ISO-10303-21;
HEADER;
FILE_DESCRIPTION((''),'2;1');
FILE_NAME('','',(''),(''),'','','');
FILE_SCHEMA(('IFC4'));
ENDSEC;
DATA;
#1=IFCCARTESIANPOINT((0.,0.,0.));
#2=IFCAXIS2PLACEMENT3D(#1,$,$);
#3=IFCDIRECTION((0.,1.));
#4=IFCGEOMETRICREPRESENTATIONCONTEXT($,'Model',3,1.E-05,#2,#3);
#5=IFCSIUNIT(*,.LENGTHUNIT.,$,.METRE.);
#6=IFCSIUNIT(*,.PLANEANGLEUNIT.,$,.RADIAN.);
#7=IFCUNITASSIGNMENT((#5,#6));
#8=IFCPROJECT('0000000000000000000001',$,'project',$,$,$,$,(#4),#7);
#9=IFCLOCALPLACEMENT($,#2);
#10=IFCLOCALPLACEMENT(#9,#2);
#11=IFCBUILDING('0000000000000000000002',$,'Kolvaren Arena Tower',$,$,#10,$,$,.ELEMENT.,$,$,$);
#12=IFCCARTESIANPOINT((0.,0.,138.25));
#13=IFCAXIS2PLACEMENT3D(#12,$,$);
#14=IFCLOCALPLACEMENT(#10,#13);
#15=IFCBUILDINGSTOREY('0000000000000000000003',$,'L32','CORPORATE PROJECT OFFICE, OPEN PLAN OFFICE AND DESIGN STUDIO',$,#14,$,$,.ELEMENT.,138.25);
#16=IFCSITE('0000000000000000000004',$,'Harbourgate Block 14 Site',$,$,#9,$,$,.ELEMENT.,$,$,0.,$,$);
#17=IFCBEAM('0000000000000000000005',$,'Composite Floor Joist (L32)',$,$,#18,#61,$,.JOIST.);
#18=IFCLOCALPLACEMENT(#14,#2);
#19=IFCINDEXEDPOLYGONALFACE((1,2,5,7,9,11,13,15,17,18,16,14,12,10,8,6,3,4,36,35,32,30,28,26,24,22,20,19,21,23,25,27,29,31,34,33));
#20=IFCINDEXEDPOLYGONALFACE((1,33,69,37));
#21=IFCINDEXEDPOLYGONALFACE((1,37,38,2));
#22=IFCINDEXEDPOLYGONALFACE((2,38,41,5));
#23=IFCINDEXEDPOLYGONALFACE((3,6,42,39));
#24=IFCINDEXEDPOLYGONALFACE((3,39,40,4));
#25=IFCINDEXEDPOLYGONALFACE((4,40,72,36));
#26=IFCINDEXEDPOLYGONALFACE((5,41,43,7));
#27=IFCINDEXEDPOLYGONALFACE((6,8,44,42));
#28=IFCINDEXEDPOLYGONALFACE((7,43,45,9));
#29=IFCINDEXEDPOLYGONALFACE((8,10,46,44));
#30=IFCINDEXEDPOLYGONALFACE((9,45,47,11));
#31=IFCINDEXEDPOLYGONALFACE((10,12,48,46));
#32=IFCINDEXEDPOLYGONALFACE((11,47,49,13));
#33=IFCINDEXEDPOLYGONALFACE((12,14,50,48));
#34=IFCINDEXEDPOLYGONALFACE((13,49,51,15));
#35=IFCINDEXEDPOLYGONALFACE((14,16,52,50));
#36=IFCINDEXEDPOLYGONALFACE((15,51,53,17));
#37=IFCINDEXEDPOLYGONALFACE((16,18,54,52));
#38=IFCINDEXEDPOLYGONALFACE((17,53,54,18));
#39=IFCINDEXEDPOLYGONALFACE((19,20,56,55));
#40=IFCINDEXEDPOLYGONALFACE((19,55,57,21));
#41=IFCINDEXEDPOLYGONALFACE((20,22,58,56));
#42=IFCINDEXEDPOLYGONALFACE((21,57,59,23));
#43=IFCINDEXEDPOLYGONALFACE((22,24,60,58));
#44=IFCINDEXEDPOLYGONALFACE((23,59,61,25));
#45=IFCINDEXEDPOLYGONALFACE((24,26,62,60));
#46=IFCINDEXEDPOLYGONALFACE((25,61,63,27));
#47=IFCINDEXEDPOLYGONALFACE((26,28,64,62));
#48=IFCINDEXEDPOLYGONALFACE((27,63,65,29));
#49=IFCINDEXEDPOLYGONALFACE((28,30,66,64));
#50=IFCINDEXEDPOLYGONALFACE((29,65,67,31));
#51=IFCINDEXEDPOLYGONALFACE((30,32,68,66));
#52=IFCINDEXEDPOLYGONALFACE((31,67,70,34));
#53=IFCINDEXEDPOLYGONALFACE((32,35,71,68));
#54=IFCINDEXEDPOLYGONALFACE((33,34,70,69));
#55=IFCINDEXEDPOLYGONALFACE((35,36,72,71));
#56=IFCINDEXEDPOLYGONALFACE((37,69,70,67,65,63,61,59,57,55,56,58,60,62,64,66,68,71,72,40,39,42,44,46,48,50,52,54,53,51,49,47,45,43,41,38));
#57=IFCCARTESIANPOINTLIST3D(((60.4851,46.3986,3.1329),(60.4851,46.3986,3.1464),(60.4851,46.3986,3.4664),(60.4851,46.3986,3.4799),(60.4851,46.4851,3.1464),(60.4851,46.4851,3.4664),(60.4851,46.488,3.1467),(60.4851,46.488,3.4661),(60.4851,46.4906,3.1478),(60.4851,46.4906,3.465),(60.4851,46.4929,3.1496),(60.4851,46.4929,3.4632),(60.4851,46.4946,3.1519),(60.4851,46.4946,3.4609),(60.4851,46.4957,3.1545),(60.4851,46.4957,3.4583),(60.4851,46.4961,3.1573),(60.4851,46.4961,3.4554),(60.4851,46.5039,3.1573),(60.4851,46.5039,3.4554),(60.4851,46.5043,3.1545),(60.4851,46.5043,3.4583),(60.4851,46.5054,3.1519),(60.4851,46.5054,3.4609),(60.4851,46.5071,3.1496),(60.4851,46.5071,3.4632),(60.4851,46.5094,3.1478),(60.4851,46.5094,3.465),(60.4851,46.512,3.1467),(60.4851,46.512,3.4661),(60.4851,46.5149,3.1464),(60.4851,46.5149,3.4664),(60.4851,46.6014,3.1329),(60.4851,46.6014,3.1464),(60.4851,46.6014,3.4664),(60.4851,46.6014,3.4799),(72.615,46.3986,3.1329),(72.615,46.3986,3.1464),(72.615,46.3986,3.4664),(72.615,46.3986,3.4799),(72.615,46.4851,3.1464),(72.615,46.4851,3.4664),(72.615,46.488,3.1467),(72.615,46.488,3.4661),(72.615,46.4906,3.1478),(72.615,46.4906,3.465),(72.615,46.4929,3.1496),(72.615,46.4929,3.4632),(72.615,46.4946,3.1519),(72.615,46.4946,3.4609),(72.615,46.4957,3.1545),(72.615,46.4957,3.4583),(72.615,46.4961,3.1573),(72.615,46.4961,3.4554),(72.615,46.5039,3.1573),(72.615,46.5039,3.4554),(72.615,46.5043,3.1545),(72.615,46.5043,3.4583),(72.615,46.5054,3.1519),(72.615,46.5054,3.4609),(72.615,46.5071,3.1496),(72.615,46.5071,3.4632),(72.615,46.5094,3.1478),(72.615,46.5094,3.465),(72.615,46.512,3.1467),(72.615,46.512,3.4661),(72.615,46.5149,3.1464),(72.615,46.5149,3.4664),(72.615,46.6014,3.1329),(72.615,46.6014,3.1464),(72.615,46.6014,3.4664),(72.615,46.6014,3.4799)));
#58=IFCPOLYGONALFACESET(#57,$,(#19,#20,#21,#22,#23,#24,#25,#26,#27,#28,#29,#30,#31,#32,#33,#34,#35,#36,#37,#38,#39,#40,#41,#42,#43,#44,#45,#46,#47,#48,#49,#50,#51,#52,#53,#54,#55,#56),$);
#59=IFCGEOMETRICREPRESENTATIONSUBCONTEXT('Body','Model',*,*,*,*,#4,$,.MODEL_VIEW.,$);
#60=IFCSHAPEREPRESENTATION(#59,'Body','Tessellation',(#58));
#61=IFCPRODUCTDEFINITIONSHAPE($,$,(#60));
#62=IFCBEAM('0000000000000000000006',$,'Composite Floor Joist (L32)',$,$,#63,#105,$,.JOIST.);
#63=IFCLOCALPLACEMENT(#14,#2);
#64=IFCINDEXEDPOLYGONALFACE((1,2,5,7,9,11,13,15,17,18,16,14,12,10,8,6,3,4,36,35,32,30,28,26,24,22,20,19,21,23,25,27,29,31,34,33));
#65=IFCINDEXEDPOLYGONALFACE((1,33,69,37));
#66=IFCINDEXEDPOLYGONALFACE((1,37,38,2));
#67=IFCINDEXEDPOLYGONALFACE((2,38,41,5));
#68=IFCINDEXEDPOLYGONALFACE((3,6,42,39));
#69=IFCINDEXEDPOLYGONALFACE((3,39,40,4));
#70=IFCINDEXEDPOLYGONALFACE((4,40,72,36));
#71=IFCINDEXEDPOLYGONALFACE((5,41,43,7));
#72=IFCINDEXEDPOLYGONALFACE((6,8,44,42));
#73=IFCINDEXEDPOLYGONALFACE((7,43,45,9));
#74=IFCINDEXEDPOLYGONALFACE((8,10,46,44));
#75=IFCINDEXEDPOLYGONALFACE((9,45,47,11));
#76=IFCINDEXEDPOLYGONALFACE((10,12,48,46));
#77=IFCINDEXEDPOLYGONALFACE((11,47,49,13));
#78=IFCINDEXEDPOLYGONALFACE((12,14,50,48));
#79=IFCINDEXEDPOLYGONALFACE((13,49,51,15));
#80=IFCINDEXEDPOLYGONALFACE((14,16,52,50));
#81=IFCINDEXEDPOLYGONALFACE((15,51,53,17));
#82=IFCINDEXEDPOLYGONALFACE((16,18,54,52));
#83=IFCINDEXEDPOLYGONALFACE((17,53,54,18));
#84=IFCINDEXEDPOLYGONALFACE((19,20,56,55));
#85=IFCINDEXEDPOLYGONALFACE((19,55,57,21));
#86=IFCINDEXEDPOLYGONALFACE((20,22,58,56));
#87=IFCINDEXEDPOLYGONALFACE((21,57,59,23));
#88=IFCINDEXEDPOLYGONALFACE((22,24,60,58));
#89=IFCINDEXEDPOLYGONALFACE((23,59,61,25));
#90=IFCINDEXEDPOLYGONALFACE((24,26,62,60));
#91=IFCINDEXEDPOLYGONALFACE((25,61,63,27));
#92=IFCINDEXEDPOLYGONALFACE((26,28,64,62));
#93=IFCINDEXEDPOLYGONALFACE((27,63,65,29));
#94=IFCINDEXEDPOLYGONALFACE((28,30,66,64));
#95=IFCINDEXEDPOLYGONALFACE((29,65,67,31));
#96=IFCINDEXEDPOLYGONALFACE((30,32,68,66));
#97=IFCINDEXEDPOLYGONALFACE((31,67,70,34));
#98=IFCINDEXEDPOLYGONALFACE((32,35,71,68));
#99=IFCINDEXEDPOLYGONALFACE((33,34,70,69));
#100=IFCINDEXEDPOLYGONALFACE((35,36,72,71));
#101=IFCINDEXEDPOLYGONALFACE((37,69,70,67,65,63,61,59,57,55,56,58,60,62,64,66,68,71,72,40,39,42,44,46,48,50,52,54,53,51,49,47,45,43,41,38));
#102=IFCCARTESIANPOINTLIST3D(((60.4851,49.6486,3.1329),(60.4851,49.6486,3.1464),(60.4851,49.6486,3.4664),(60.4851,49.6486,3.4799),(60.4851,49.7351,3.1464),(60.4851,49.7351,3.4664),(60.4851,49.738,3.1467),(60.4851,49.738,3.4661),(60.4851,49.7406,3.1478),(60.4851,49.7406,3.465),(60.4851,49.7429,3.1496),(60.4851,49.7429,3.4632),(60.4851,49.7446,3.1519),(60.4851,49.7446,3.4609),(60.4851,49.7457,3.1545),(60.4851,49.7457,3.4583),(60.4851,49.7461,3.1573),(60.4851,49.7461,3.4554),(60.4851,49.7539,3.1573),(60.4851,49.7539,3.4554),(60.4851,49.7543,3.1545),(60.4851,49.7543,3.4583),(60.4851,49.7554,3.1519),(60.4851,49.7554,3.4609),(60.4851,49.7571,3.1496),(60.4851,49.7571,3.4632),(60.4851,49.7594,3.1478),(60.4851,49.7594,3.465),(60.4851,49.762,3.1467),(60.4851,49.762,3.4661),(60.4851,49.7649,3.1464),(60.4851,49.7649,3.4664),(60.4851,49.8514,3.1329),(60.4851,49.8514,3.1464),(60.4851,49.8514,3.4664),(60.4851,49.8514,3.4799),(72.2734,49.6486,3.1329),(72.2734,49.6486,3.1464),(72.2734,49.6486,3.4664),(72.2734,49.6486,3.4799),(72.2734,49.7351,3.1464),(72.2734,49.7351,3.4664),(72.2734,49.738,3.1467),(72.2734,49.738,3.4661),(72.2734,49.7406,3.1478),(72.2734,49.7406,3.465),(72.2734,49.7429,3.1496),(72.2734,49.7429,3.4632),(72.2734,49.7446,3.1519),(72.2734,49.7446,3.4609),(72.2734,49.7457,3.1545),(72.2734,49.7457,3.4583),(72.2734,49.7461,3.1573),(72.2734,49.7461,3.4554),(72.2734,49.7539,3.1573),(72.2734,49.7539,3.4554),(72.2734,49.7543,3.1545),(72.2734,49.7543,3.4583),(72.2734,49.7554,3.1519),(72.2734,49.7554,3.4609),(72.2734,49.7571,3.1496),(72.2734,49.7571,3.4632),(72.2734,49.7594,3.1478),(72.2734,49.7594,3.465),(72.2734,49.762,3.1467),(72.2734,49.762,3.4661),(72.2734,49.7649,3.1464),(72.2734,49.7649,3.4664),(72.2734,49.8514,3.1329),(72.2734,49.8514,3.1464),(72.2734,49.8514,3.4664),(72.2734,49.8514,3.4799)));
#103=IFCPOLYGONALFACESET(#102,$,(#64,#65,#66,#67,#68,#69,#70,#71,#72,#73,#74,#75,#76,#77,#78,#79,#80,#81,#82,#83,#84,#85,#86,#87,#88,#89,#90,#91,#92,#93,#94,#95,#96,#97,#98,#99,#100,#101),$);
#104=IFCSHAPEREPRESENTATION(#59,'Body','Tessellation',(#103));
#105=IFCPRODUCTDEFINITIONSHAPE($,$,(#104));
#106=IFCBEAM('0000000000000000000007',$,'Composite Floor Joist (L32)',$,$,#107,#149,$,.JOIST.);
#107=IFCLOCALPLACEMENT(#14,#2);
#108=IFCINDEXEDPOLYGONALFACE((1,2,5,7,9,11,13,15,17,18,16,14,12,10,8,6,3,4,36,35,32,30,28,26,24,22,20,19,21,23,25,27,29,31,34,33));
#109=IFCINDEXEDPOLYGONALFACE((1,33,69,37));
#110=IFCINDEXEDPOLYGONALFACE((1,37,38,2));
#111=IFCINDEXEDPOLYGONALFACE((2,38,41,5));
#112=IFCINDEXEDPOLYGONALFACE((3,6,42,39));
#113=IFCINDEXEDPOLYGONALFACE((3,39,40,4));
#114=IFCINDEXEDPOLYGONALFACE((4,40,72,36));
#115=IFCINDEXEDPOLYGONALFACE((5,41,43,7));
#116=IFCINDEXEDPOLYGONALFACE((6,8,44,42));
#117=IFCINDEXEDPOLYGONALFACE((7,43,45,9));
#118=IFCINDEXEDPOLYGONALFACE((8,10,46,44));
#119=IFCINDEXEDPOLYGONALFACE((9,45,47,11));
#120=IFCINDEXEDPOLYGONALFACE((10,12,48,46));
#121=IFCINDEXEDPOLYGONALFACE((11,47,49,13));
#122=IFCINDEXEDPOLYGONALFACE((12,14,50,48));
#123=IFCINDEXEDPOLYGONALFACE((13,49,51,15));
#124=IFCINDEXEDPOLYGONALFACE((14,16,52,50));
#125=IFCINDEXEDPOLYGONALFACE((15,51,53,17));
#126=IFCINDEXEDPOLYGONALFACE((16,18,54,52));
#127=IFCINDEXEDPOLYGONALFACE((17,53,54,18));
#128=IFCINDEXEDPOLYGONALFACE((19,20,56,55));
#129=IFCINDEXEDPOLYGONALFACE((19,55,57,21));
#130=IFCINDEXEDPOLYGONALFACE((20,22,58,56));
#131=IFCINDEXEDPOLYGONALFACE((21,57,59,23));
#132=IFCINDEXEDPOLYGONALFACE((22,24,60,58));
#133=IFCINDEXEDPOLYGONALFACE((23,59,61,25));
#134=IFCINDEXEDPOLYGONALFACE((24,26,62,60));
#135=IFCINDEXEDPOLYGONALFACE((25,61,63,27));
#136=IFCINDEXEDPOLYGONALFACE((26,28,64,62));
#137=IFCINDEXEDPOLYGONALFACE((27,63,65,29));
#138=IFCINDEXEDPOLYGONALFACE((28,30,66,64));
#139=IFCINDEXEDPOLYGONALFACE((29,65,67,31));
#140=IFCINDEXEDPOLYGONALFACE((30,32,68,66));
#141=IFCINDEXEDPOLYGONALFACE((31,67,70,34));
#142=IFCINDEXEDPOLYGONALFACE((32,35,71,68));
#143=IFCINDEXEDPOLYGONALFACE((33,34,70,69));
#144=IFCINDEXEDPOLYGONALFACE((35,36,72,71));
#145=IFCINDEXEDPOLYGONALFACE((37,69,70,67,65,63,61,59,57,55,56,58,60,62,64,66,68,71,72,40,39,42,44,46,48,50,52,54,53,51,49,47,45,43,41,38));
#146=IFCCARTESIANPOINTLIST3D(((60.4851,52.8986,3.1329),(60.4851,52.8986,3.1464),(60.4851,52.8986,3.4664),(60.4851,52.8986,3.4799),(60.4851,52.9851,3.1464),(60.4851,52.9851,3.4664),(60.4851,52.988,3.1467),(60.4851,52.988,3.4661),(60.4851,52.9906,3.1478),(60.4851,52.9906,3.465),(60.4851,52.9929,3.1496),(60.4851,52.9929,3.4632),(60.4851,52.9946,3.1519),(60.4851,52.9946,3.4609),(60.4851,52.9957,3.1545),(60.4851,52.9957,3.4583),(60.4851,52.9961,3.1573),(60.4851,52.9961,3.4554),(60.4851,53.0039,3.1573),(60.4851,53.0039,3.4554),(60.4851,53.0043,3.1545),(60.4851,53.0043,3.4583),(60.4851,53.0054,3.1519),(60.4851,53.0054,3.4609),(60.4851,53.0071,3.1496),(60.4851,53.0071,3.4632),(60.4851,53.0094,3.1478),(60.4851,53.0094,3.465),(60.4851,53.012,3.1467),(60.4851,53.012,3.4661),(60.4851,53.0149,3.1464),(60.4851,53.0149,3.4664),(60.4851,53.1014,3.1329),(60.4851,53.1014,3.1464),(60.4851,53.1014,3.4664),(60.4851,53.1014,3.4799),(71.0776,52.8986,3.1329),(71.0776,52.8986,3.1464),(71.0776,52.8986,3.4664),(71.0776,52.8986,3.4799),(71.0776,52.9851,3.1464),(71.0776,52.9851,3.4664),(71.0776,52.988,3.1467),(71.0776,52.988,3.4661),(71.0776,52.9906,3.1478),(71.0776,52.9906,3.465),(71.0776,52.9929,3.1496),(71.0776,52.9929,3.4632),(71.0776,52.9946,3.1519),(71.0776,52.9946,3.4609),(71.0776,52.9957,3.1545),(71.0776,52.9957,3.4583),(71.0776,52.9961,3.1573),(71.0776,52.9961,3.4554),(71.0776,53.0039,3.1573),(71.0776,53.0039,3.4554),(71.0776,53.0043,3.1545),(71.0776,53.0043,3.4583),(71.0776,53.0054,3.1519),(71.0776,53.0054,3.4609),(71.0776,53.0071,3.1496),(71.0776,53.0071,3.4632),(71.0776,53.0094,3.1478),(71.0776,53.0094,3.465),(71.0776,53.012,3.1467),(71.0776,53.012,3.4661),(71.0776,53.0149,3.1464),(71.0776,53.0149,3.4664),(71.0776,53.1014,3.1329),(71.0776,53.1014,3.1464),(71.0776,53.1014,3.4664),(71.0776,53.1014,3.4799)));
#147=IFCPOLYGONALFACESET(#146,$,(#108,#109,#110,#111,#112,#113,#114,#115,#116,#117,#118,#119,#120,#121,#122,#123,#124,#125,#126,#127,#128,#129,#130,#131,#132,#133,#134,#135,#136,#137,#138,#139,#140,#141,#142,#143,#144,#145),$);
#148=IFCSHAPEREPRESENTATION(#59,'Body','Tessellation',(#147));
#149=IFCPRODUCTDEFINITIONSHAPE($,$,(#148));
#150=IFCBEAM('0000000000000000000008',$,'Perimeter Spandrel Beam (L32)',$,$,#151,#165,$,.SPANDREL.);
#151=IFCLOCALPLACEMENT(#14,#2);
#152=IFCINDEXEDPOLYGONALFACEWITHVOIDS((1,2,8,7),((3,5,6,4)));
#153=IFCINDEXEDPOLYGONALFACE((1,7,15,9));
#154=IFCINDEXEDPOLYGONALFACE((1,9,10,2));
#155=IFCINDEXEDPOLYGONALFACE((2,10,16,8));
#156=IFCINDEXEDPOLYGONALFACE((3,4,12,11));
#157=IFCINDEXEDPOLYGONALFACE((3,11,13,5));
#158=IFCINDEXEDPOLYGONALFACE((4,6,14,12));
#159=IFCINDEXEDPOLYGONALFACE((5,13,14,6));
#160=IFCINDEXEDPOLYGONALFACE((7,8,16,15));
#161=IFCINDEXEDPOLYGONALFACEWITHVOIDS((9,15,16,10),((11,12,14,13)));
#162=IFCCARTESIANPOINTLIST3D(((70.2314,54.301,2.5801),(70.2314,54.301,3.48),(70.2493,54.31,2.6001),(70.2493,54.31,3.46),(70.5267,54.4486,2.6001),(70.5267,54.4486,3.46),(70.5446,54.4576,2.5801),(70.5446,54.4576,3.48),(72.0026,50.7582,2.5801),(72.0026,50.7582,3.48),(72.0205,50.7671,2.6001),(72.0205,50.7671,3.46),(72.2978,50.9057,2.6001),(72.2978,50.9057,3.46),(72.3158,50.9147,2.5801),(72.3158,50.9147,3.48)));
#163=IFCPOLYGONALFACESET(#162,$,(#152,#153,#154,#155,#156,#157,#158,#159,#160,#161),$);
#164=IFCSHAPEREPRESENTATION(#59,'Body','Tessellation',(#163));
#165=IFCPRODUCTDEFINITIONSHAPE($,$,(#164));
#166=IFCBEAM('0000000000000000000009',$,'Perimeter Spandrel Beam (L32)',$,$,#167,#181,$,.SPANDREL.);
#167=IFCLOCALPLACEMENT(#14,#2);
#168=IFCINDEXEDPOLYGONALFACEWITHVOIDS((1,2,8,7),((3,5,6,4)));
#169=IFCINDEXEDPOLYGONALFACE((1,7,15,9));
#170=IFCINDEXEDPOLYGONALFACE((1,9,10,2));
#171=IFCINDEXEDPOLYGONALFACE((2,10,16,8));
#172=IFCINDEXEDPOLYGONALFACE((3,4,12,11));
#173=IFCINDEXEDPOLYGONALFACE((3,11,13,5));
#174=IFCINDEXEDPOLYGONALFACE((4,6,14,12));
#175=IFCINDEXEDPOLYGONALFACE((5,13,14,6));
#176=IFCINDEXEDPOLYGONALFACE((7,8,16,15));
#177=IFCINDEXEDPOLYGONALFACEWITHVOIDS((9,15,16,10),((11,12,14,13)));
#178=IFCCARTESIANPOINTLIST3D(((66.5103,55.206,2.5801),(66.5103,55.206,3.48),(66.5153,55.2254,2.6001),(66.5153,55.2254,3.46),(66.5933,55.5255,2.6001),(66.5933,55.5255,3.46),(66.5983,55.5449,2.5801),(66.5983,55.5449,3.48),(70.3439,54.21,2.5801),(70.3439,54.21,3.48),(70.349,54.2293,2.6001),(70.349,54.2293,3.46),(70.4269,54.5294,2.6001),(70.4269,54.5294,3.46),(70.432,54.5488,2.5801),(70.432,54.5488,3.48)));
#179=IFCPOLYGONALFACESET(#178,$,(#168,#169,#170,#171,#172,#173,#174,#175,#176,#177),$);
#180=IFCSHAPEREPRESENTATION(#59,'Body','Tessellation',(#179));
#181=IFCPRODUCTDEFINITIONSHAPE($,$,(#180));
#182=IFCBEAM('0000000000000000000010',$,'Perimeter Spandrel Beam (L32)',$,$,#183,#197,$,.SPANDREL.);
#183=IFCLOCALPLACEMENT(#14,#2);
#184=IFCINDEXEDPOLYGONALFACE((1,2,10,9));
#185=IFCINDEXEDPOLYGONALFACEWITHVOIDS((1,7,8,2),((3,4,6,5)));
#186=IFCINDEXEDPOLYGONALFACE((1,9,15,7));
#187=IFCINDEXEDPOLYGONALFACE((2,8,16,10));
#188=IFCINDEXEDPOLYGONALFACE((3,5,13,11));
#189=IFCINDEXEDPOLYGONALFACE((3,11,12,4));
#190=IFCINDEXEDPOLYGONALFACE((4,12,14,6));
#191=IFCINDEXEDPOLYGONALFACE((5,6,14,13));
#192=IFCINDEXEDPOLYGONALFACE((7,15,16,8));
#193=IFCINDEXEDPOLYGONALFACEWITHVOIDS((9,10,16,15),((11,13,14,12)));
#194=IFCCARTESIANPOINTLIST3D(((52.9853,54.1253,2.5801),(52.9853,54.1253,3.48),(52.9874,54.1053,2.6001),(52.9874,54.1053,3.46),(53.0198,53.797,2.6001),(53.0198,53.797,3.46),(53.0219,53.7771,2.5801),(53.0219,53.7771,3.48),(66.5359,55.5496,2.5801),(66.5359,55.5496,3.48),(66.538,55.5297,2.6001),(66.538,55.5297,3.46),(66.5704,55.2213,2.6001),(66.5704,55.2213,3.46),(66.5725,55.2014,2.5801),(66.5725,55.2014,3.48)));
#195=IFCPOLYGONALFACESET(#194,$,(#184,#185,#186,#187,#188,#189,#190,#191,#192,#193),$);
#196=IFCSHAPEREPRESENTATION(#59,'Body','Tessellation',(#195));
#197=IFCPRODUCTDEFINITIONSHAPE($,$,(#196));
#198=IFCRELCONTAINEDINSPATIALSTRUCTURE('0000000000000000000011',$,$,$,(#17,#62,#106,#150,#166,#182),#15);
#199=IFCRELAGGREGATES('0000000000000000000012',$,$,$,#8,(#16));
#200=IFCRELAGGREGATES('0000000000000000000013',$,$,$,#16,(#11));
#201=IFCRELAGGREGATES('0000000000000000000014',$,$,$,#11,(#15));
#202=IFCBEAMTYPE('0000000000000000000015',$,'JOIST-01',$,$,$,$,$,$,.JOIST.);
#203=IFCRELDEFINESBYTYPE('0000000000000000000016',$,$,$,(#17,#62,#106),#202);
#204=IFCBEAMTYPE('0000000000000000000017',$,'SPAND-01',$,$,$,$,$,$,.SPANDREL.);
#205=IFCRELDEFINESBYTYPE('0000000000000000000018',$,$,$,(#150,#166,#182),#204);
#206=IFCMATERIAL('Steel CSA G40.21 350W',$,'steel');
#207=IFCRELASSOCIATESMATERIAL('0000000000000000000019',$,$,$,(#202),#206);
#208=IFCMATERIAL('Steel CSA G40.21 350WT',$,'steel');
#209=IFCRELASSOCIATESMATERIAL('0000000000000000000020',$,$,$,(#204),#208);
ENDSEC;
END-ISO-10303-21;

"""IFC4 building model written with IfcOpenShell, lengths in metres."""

from ifc_helpers import new_model, si_unit, direction, frame, origin, origin_2d, place, context, subcontext, project, spatial, hollow_rectangle, i_section, extrude, material, material_profile, profile_set, type_object, element, save


model = new_model("IFC4")

# Units and contexts
model_context = context("Model", 3, precision=1e-05, world=origin(), true_north=direction((0.0, 1.0)))
body_context = subcontext(model_context, "Body", "Model", "MODEL_VIEW")
ifc_project = project(units=[si_unit("LENGTHUNIT", "METRE"), si_unit("PLANEANGLEUNIT", "RADIAN")], contexts=[model_context])

# Site, building, storey
site_placement = place(None, origin())
site = spatial("IfcSite", under=ifc_project, at=site_placement, Name="Harbourgate Block 14 Site", CompositionType="ELEMENT", RefElevation=0.0)
building_placement = place(site_placement, origin())
building = spatial("IfcBuilding", under=site, at=building_placement, Name="Kolvaren Arena Tower", CompositionType="ELEMENT")
storey_placement = place(building_placement, frame((0.0, 0.0, 138.25)))
storey = spatial("IfcBuildingStorey", under=building, at=storey_placement, Name="L32", Description="CORPORATE PROJECT OFFICE, OPEN PLAN OFFICE AND DESIGN STUDIO", CompositionType="ELEMENT", Elevation=138.25)

# Beams
ifc_material_1 = material(Name="Steel CSA G40.21 350W", Category="steel")
ifc_material_profile_1 = material_profile(ifc_material_1, i_section(OverallWidth=0.2029, OverallDepth=0.3469, WebThickness=0.0078, FlangeThickness=0.0134, FilletRadius=0.011, at=origin_2d()), Name="W360x64")
ifc_profile_set_1 = profile_set([ifc_material_profile_1], Name="Steel CSA G40.21 350W")
beam_type_1 = type_object("IfcBeamType", Name="JOIST-01", PredefinedType="JOIST", material=ifc_profile_set_1)
beam_1_placement = place(storey_placement, frame((60.4851, 46.5, 3.3064), z_axis=(1.0, 0.0, 0.0), x_axis=(0.0, 1.0, 0.0)))
element("IfcBeam", 1, at=beam_1_placement, inside=storey, type_object=beam_type_1, Name="Composite Floor Joist (L32)", PredefinedType="JOIST", context=body_context, shape_type="SweptSolid", body=[
    extrude(i_section(OverallWidth=0.2029, OverallDepth=0.3469, WebThickness=0.0078, FlangeThickness=0.0134, FilletRadius=0.011, at=origin_2d()), origin(), (0.0, 0.0, 1.0), 12.1299),
])
beam_2_placement = place(storey_placement, frame((60.4851, 49.75, 3.3064), z_axis=(1.0, 0.0, 0.0), x_axis=(0.0, 1.0, 0.0)))
element("IfcBeam", 2, at=beam_2_placement, inside=storey, type_object=beam_type_1, Name="Composite Floor Joist (L32)", PredefinedType="JOIST", context=body_context, shape_type="SweptSolid", body=[
    extrude(i_section(OverallWidth=0.2029, OverallDepth=0.3469, WebThickness=0.0078, FlangeThickness=0.0134, FilletRadius=0.011, at=origin_2d()), origin(), (0.0, 0.0, 1.0), 11.7883),
])
beam_3_placement = place(storey_placement, frame((60.4851, 53.0, 3.3064), z_axis=(1.0, 0.0, 0.0), x_axis=(0.0, 1.0, 0.0)))
element("IfcBeam", 3, at=beam_3_placement, inside=storey, type_object=beam_type_1, Name="Composite Floor Joist (L32)", PredefinedType="JOIST", context=body_context, shape_type="SweptSolid", body=[
    extrude(i_section(OverallWidth=0.2029, OverallDepth=0.3469, WebThickness=0.0078, FlangeThickness=0.0134, FilletRadius=0.011, at=origin_2d()), origin(), (0.0, 0.0, 1.0), 10.5925),
])
ifc_material_2 = material(Name="Steel CSA G40.21 350WT", Category="steel")
ifc_material_profile_2 = material_profile(ifc_material_2, hollow_rectangle(XDim=0.3501, YDim=0.8999, WallThickness=0.02, at=origin_2d()), Name="HSS 900x350x20")
ifc_profile_set_2 = profile_set([ifc_material_profile_2], Name="Steel CSA G40.21 350WT")
beam_type_2 = type_object("IfcBeamType", Name="SPAND-01", PredefinedType="SPANDREL", material=ifc_profile_set_2)
for number, where, z_axis, x_axis, name in (
    (4, (72.1592, 50.8364, 3.03), (-0.447164, 0.894452, 0.0), (-0.894452, -0.447164, 0.0), "Perimeter Spandrel Beam (L32)"),
    (5, (70.3879, 54.3794, 3.03), (-0.967864, 0.251473, 0.0), (-0.251473, -0.967864, 0.0), "Perimeter Spandrel Beam (L32)"),
):
    element("IfcBeam", number, at=place(storey_placement, frame(where, z_axis=z_axis, x_axis=x_axis)), inside=storey, type_object=beam_type_2, Name=name, PredefinedType="SPANDREL", context=body_context, shape_type="SweptSolid", body=[
        extrude(hollow_rectangle(XDim=0.3501, YDim=0.8999, WallThickness=0.02, at=origin_2d()), origin(), (0.0, 0.0, 1.0), 3.9609),
    ])
beam_4_placement = place(storey_placement, frame((66.5542, 55.3755, 3.03), z_axis=(-0.994521, -0.104536, 0.0), x_axis=(0.104536, -0.994521, 0.0)))
element("IfcBeam", 6, at=beam_4_placement, inside=storey, type_object=beam_type_2, Name="Perimeter Spandrel Beam (L32)", PredefinedType="SPANDREL", context=body_context, shape_type="SweptSolid", body=[
    extrude(hollow_rectangle(XDim=0.3501, YDim=0.8999, WallThickness=0.02, at=origin_2d()), origin(), (0.0, 0.0, 1.0), 13.6252),
])

save(model, "model.ifc")
